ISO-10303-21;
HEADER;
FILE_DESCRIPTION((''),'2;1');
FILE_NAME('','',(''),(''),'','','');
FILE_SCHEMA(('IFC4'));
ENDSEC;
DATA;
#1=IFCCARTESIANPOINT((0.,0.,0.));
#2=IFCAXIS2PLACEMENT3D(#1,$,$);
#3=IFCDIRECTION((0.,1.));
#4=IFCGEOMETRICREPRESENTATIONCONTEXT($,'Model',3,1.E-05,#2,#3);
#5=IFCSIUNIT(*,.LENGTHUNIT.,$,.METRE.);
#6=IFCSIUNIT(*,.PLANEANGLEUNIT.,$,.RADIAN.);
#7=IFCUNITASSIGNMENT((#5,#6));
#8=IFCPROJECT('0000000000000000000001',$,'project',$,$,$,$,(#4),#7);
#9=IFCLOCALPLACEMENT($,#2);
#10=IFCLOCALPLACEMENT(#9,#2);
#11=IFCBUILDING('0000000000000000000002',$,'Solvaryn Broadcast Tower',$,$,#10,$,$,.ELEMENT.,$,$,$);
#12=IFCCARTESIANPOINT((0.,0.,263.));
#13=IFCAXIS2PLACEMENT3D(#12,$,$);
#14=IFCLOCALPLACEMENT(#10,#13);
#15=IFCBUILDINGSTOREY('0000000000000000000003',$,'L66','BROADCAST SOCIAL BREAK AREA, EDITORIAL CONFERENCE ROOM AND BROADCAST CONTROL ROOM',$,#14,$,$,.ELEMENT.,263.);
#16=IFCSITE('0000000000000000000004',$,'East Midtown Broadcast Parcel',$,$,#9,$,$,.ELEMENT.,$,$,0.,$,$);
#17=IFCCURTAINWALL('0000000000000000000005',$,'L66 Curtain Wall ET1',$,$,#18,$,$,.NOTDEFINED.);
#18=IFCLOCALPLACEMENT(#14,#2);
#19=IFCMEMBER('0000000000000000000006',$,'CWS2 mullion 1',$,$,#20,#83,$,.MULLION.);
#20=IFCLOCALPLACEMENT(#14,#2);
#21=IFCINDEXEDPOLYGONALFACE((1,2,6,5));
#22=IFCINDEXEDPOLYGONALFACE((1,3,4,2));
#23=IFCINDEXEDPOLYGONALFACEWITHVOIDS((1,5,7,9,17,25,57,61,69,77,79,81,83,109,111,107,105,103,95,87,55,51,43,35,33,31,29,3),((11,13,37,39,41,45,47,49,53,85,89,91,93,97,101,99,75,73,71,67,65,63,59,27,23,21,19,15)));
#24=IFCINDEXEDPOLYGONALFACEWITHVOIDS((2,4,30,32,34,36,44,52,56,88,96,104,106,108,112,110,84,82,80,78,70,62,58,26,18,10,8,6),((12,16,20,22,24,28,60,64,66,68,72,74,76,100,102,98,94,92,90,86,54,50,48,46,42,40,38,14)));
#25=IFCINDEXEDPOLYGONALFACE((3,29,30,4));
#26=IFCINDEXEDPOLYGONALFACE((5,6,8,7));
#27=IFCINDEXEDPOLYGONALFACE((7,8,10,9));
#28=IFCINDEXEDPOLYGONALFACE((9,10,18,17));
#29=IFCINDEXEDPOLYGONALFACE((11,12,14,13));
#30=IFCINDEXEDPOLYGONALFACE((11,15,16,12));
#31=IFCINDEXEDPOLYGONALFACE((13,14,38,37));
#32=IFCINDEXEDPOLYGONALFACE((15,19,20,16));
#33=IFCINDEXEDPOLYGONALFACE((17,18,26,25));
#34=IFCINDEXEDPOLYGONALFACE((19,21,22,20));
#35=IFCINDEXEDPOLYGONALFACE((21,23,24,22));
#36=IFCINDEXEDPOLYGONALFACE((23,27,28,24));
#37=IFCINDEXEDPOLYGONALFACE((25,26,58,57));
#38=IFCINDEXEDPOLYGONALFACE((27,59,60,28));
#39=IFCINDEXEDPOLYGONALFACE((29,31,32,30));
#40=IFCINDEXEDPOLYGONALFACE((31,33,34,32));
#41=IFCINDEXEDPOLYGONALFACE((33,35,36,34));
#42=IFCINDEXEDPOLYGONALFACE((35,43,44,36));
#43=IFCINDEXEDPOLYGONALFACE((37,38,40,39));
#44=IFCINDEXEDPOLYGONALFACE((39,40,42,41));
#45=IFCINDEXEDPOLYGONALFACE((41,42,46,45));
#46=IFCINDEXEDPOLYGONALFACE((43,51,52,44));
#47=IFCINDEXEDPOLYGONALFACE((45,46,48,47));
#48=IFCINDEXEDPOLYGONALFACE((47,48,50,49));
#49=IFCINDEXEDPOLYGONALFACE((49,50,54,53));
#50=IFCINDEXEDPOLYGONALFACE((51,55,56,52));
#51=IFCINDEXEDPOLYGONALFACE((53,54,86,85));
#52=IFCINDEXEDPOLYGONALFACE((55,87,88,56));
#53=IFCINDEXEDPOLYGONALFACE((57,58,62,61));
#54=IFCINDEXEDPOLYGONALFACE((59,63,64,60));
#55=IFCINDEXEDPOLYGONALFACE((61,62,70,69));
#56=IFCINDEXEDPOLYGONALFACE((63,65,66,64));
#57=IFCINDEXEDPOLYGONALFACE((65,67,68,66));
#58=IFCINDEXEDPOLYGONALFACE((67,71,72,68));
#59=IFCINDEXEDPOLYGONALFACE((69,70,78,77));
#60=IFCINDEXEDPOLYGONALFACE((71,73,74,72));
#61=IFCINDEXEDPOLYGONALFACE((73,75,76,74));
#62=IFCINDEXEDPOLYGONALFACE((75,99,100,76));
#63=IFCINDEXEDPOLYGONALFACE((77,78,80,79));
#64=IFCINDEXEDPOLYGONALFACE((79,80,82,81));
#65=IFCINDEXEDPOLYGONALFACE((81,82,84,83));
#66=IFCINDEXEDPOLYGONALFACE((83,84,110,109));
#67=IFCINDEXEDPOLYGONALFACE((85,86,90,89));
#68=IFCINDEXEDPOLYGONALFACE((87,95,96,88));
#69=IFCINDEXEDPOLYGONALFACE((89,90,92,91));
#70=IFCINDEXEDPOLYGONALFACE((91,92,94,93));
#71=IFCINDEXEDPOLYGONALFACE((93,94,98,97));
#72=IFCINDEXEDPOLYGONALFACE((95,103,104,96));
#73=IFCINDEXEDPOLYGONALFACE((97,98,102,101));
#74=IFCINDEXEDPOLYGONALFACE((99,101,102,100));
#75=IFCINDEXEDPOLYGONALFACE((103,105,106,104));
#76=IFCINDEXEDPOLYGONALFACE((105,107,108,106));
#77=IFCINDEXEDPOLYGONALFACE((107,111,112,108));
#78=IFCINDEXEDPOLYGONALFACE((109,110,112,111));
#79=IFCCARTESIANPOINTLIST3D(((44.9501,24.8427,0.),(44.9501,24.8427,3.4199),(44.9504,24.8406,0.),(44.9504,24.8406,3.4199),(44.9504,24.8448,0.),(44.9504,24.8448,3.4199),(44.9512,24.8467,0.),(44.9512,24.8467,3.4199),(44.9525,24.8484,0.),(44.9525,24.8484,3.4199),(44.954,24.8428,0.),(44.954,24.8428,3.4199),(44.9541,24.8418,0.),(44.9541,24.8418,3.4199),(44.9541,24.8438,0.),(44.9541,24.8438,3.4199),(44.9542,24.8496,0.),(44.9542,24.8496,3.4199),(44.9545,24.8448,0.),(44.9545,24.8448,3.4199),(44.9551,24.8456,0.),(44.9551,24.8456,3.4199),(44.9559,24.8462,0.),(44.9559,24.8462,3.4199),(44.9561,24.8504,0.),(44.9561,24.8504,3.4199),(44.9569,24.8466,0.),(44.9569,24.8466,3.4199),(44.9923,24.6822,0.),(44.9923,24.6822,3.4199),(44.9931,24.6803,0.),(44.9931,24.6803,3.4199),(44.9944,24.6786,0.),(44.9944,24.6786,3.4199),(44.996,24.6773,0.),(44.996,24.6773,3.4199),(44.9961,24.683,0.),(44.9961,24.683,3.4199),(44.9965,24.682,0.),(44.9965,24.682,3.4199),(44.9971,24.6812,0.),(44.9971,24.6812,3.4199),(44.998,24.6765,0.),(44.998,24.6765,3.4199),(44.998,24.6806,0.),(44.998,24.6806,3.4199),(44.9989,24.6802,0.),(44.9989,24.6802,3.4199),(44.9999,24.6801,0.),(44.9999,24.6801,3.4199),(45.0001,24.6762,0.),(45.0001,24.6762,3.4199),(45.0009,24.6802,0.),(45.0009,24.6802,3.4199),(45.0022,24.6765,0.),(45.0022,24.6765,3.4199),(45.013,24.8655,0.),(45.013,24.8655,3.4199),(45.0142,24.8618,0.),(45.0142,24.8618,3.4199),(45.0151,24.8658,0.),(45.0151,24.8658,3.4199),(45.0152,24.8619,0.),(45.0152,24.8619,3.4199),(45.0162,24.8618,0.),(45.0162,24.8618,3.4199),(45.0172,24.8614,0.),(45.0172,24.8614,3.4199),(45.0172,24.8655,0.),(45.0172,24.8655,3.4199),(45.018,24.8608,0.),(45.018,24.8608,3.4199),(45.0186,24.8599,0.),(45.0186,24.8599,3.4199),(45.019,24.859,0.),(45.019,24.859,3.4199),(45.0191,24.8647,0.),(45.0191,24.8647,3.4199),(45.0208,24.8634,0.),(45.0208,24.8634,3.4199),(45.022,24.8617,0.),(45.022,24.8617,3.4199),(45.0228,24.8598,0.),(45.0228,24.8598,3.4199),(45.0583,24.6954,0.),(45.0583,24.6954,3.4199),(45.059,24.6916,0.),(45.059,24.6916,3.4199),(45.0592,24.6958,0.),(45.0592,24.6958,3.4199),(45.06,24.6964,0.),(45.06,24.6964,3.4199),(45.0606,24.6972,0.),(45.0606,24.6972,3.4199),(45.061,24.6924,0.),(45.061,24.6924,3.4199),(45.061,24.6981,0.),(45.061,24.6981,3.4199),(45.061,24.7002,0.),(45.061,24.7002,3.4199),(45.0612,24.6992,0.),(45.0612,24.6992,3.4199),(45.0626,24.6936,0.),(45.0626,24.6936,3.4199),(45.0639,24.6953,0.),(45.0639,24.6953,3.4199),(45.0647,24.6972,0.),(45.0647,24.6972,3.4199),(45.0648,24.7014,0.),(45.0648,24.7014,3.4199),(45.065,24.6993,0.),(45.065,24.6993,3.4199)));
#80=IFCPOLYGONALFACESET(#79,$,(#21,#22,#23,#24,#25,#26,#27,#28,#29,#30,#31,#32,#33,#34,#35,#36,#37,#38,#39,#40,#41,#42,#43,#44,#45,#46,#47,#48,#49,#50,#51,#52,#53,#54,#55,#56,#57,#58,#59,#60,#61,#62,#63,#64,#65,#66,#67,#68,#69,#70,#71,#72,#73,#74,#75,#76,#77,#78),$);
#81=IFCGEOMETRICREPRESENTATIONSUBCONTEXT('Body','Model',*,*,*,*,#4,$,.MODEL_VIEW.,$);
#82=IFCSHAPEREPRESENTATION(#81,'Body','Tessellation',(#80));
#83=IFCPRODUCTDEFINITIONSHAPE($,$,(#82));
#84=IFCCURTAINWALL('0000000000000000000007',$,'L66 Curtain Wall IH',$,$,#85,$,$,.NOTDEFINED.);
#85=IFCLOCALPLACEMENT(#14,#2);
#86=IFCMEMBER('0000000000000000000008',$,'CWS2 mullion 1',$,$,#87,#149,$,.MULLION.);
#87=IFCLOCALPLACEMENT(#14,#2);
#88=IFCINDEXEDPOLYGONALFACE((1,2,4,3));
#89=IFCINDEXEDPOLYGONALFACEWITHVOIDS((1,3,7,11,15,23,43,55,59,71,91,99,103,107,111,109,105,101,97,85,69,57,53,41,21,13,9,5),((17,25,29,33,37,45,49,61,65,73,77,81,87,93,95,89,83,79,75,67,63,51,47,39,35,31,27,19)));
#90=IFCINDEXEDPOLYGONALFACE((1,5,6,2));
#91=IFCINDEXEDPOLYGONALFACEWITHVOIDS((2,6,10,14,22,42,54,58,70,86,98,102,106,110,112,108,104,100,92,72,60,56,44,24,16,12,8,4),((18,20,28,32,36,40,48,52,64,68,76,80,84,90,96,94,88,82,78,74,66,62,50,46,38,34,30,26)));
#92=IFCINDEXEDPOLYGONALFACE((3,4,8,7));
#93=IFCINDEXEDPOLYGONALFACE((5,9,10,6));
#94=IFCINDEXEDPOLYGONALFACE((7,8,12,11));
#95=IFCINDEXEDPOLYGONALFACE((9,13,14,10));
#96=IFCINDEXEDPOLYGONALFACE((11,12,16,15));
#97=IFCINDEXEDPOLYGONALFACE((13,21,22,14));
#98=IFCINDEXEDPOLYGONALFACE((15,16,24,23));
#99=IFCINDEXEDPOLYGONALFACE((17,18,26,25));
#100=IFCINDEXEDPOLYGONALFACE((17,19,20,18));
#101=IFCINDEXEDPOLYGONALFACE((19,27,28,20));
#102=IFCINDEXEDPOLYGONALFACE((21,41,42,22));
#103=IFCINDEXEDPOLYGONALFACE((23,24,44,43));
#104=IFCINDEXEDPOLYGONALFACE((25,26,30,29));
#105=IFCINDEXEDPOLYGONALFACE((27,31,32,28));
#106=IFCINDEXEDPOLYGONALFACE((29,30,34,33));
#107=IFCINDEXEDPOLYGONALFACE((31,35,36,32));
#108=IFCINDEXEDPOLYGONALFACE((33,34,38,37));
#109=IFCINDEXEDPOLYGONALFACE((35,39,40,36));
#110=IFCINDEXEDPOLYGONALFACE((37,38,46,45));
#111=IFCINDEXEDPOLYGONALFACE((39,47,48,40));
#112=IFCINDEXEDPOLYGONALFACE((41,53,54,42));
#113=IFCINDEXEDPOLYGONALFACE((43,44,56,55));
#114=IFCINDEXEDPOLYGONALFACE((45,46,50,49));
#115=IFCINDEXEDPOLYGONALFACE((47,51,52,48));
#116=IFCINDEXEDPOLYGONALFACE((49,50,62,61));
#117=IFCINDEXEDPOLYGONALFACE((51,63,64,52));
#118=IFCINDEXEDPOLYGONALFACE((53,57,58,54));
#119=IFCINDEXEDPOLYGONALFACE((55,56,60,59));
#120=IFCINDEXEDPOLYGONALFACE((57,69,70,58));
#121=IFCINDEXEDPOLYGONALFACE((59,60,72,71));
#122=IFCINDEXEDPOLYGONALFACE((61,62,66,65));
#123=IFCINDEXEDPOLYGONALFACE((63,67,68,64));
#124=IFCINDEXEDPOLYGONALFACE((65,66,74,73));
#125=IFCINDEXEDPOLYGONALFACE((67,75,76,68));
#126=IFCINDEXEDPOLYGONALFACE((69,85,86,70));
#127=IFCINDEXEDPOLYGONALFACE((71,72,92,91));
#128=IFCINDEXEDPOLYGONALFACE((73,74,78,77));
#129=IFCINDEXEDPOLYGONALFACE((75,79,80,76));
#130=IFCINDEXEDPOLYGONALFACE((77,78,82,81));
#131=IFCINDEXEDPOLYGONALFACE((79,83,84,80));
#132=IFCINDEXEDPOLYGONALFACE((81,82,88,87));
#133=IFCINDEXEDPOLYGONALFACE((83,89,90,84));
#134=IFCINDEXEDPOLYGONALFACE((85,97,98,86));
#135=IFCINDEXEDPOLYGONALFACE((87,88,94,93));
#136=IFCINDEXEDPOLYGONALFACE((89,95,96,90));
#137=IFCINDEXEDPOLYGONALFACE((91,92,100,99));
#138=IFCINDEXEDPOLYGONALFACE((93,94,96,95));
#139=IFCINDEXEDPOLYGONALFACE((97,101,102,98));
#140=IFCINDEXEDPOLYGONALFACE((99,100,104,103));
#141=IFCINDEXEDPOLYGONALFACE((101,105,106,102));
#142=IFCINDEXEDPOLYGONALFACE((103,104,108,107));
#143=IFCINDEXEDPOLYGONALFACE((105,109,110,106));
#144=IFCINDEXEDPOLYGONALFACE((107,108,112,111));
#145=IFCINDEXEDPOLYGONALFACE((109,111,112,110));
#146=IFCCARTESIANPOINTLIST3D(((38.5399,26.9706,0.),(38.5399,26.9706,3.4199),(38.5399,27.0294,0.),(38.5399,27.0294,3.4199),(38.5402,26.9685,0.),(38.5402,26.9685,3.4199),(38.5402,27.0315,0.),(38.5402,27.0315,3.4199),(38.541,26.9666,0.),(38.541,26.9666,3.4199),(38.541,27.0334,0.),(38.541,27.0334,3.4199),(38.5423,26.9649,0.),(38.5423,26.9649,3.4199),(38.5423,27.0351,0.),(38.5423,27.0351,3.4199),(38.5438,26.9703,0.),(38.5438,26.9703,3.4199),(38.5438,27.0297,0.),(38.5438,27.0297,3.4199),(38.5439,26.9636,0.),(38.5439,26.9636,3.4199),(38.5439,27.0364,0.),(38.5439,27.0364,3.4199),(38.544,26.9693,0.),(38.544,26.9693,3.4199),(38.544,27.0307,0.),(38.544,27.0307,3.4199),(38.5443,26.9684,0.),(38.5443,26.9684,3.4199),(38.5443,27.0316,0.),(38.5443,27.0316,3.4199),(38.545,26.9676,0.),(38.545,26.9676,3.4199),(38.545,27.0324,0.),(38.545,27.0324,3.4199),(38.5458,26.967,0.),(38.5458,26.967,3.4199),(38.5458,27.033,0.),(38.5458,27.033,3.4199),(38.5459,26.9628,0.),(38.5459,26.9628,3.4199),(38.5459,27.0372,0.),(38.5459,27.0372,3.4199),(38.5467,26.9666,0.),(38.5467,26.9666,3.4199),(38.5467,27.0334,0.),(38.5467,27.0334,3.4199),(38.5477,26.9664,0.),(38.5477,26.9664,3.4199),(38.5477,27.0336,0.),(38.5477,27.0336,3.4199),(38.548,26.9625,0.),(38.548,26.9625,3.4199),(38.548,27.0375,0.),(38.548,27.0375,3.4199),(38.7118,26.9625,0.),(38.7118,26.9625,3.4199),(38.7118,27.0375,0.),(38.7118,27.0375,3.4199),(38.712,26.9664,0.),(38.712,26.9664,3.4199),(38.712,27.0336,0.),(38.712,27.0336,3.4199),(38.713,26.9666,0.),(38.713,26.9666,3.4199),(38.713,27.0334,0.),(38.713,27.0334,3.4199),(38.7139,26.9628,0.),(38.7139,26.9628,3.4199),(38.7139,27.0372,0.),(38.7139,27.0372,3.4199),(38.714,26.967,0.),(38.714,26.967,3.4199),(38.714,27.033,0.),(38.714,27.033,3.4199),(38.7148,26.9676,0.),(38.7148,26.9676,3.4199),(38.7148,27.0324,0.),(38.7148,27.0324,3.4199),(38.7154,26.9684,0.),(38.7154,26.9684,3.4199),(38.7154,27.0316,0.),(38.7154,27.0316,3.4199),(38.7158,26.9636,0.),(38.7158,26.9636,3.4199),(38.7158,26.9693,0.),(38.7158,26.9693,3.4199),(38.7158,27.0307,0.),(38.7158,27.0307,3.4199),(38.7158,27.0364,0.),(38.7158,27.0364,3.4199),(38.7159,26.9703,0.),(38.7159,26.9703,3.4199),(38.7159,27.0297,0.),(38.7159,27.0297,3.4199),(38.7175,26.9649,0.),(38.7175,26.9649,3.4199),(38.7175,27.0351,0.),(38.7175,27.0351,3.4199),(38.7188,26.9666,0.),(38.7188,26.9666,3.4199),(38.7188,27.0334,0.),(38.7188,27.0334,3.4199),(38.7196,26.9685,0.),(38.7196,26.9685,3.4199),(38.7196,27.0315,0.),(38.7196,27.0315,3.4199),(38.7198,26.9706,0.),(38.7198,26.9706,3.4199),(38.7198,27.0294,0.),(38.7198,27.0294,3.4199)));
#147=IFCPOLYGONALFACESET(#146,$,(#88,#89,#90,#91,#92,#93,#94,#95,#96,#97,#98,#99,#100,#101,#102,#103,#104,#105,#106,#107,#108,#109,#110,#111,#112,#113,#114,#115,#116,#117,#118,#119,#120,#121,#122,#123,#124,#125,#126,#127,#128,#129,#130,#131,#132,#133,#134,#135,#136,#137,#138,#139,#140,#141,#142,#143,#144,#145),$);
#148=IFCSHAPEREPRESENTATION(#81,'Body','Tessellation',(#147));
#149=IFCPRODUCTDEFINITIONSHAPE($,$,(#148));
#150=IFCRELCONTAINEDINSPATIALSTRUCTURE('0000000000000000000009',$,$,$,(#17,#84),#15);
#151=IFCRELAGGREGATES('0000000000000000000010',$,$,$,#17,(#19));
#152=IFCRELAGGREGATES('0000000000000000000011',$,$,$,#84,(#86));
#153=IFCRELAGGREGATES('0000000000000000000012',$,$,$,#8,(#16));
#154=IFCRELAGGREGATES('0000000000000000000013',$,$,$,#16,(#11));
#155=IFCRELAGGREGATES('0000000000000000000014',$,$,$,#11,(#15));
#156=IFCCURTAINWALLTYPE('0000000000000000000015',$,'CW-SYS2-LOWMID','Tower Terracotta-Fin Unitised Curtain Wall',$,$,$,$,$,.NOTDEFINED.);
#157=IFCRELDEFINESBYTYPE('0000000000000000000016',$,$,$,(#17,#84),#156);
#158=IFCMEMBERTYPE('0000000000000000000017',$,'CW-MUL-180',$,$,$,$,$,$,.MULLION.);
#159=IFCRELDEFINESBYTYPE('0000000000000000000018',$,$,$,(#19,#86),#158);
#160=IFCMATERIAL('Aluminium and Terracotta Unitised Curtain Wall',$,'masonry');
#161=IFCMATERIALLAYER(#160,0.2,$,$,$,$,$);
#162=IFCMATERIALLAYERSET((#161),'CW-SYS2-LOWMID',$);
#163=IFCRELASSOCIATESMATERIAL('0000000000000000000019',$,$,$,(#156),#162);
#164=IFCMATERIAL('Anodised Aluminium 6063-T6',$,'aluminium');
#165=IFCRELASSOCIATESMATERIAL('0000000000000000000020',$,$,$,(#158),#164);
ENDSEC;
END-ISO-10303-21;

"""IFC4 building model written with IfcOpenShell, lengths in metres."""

from ifc_helpers import new_model, si_unit, direction, frame, origin, origin_2d, place, context, subcontext, project, spatial, hollow_rectangle, extrude, material, layer, layer_set, material_profile, profile_set, type_object, element, aggregate, save


model = new_model("IFC4")

# Units and contexts
model_context = context("Model", 3, precision=1e-05, world=origin(), true_north=direction((0.0, 1.0)))
body_context = subcontext(model_context, "Body", "Model", "MODEL_VIEW")
ifc_project = project(units=[si_unit("LENGTHUNIT", "METRE"), si_unit("PLANEANGLEUNIT", "RADIAN")], contexts=[model_context])

# Site, building, storey
site_placement = place(None, origin())
site = spatial("IfcSite", under=ifc_project, at=site_placement, Name="East Midtown Broadcast Parcel", CompositionType="ELEMENT", RefElevation=0.0)
building_placement = place(site_placement, origin())
building = spatial("IfcBuilding", under=site, at=building_placement, Name="Solvaryn Broadcast Tower", CompositionType="ELEMENT")
storey_placement = place(building_placement, frame((0.0, 0.0, 263.0)))
storey = spatial("IfcBuildingStorey", under=building, at=storey_placement, Name="L66", Description="BROADCAST SOCIAL BREAK AREA, EDITORIAL CONFERENCE ROOM AND BROADCAST CONTROL ROOM", CompositionType="ELEMENT", Elevation=263.0)

# Curtain wall, member
ifc_material_1 = material(Name="Aluminium and Terracotta Unitised Curtain Wall", Category="masonry")
ifc_layer_1 = layer(ifc_material_1, 0.2)
ifc_layer_set_1 = layer_set([ifc_layer_1], Name="CW-SYS2-LOWMID")
curtain_wall_type = type_object("IfcCurtainWallType", Name="CW-SYS2-LOWMID", Description="Tower Terracotta-Fin Unitised Curtain Wall", PredefinedType="NOTDEFINED", material=ifc_layer_set_1)
curtain_wall_1_placement = place(storey_placement, origin())
curtain_wall_1 = element("IfcCurtainWall", 1, at=curtain_wall_1_placement, inside=storey, type_object=curtain_wall_type, Name="L66 Curtain Wall ET1", PredefinedType="NOTDEFINED")
ifc_material_2 = material(Name="Anodised Aluminium 6063-T6", Category="aluminium")
ifc_material_profile_1 = material_profile(ifc_material_2, hollow_rectangle(XDim=0.075, YDim=0.1799, WallThickness=0.0039, InnerFilletRadius=0.0039, OuterFilletRadius=0.0081, at=origin_2d()))
ifc_profile_set_1 = profile_set([ifc_material_profile_1], Name="Anodised Aluminium 6063-T6")
member_type_1 = type_object("IfcMemberType", Name="CW-MUL-180", PredefinedType="MULLION", material=ifc_profile_set_1)
member_1_placement = place(storey_placement, frame((45.0076, 24.771, 0.0), z_axis=(0.0, 0.0, 1.0), x_axis=(0.966705, 0.255893, 0.0)))
member_1 = element("IfcMember", 2, at=member_1_placement, type_object=member_type_1, Name="CWS2 mullion 1", PredefinedType="MULLION", context=body_context, shape_type="SweptSolid", body=[
    extrude(hollow_rectangle(XDim=0.075, YDim=0.1799, WallThickness=0.0039, InnerFilletRadius=0.0039, OuterFilletRadius=0.0081, at=origin_2d()), origin(), (0.0, 0.0, 1.0), 3.4199),
])

# Curtain wall, member
curtain_wall_2_placement = place(storey_placement, origin())
curtain_wall_2 = element("IfcCurtainWall", 3, at=curtain_wall_2_placement, inside=storey, type_object=curtain_wall_type, Name="L66 Curtain Wall IH", PredefinedType="NOTDEFINED")
member_2_placement = place(storey_placement, frame((38.6299, 27.0, 0.0), z_axis=(0.0, 0.0, 1.0), x_axis=(0.0, 1.0, 0.0)))
member_2 = element("IfcMember", 4, at=member_2_placement, type_object=member_type_1, Name="CWS2 mullion 1", PredefinedType="MULLION", context=body_context, shape_type="SweptSolid", body=[
    extrude(hollow_rectangle(XDim=0.075, YDim=0.1799, WallThickness=0.0039, InnerFilletRadius=0.0039, OuterFilletRadius=0.0081, at=origin_2d()), origin(), (0.0, 0.0, 1.0), 3.4199),
])

aggregate(curtain_wall_1, [member_1])
aggregate(curtain_wall_2, [member_2])

save(model, "model.ifc")
